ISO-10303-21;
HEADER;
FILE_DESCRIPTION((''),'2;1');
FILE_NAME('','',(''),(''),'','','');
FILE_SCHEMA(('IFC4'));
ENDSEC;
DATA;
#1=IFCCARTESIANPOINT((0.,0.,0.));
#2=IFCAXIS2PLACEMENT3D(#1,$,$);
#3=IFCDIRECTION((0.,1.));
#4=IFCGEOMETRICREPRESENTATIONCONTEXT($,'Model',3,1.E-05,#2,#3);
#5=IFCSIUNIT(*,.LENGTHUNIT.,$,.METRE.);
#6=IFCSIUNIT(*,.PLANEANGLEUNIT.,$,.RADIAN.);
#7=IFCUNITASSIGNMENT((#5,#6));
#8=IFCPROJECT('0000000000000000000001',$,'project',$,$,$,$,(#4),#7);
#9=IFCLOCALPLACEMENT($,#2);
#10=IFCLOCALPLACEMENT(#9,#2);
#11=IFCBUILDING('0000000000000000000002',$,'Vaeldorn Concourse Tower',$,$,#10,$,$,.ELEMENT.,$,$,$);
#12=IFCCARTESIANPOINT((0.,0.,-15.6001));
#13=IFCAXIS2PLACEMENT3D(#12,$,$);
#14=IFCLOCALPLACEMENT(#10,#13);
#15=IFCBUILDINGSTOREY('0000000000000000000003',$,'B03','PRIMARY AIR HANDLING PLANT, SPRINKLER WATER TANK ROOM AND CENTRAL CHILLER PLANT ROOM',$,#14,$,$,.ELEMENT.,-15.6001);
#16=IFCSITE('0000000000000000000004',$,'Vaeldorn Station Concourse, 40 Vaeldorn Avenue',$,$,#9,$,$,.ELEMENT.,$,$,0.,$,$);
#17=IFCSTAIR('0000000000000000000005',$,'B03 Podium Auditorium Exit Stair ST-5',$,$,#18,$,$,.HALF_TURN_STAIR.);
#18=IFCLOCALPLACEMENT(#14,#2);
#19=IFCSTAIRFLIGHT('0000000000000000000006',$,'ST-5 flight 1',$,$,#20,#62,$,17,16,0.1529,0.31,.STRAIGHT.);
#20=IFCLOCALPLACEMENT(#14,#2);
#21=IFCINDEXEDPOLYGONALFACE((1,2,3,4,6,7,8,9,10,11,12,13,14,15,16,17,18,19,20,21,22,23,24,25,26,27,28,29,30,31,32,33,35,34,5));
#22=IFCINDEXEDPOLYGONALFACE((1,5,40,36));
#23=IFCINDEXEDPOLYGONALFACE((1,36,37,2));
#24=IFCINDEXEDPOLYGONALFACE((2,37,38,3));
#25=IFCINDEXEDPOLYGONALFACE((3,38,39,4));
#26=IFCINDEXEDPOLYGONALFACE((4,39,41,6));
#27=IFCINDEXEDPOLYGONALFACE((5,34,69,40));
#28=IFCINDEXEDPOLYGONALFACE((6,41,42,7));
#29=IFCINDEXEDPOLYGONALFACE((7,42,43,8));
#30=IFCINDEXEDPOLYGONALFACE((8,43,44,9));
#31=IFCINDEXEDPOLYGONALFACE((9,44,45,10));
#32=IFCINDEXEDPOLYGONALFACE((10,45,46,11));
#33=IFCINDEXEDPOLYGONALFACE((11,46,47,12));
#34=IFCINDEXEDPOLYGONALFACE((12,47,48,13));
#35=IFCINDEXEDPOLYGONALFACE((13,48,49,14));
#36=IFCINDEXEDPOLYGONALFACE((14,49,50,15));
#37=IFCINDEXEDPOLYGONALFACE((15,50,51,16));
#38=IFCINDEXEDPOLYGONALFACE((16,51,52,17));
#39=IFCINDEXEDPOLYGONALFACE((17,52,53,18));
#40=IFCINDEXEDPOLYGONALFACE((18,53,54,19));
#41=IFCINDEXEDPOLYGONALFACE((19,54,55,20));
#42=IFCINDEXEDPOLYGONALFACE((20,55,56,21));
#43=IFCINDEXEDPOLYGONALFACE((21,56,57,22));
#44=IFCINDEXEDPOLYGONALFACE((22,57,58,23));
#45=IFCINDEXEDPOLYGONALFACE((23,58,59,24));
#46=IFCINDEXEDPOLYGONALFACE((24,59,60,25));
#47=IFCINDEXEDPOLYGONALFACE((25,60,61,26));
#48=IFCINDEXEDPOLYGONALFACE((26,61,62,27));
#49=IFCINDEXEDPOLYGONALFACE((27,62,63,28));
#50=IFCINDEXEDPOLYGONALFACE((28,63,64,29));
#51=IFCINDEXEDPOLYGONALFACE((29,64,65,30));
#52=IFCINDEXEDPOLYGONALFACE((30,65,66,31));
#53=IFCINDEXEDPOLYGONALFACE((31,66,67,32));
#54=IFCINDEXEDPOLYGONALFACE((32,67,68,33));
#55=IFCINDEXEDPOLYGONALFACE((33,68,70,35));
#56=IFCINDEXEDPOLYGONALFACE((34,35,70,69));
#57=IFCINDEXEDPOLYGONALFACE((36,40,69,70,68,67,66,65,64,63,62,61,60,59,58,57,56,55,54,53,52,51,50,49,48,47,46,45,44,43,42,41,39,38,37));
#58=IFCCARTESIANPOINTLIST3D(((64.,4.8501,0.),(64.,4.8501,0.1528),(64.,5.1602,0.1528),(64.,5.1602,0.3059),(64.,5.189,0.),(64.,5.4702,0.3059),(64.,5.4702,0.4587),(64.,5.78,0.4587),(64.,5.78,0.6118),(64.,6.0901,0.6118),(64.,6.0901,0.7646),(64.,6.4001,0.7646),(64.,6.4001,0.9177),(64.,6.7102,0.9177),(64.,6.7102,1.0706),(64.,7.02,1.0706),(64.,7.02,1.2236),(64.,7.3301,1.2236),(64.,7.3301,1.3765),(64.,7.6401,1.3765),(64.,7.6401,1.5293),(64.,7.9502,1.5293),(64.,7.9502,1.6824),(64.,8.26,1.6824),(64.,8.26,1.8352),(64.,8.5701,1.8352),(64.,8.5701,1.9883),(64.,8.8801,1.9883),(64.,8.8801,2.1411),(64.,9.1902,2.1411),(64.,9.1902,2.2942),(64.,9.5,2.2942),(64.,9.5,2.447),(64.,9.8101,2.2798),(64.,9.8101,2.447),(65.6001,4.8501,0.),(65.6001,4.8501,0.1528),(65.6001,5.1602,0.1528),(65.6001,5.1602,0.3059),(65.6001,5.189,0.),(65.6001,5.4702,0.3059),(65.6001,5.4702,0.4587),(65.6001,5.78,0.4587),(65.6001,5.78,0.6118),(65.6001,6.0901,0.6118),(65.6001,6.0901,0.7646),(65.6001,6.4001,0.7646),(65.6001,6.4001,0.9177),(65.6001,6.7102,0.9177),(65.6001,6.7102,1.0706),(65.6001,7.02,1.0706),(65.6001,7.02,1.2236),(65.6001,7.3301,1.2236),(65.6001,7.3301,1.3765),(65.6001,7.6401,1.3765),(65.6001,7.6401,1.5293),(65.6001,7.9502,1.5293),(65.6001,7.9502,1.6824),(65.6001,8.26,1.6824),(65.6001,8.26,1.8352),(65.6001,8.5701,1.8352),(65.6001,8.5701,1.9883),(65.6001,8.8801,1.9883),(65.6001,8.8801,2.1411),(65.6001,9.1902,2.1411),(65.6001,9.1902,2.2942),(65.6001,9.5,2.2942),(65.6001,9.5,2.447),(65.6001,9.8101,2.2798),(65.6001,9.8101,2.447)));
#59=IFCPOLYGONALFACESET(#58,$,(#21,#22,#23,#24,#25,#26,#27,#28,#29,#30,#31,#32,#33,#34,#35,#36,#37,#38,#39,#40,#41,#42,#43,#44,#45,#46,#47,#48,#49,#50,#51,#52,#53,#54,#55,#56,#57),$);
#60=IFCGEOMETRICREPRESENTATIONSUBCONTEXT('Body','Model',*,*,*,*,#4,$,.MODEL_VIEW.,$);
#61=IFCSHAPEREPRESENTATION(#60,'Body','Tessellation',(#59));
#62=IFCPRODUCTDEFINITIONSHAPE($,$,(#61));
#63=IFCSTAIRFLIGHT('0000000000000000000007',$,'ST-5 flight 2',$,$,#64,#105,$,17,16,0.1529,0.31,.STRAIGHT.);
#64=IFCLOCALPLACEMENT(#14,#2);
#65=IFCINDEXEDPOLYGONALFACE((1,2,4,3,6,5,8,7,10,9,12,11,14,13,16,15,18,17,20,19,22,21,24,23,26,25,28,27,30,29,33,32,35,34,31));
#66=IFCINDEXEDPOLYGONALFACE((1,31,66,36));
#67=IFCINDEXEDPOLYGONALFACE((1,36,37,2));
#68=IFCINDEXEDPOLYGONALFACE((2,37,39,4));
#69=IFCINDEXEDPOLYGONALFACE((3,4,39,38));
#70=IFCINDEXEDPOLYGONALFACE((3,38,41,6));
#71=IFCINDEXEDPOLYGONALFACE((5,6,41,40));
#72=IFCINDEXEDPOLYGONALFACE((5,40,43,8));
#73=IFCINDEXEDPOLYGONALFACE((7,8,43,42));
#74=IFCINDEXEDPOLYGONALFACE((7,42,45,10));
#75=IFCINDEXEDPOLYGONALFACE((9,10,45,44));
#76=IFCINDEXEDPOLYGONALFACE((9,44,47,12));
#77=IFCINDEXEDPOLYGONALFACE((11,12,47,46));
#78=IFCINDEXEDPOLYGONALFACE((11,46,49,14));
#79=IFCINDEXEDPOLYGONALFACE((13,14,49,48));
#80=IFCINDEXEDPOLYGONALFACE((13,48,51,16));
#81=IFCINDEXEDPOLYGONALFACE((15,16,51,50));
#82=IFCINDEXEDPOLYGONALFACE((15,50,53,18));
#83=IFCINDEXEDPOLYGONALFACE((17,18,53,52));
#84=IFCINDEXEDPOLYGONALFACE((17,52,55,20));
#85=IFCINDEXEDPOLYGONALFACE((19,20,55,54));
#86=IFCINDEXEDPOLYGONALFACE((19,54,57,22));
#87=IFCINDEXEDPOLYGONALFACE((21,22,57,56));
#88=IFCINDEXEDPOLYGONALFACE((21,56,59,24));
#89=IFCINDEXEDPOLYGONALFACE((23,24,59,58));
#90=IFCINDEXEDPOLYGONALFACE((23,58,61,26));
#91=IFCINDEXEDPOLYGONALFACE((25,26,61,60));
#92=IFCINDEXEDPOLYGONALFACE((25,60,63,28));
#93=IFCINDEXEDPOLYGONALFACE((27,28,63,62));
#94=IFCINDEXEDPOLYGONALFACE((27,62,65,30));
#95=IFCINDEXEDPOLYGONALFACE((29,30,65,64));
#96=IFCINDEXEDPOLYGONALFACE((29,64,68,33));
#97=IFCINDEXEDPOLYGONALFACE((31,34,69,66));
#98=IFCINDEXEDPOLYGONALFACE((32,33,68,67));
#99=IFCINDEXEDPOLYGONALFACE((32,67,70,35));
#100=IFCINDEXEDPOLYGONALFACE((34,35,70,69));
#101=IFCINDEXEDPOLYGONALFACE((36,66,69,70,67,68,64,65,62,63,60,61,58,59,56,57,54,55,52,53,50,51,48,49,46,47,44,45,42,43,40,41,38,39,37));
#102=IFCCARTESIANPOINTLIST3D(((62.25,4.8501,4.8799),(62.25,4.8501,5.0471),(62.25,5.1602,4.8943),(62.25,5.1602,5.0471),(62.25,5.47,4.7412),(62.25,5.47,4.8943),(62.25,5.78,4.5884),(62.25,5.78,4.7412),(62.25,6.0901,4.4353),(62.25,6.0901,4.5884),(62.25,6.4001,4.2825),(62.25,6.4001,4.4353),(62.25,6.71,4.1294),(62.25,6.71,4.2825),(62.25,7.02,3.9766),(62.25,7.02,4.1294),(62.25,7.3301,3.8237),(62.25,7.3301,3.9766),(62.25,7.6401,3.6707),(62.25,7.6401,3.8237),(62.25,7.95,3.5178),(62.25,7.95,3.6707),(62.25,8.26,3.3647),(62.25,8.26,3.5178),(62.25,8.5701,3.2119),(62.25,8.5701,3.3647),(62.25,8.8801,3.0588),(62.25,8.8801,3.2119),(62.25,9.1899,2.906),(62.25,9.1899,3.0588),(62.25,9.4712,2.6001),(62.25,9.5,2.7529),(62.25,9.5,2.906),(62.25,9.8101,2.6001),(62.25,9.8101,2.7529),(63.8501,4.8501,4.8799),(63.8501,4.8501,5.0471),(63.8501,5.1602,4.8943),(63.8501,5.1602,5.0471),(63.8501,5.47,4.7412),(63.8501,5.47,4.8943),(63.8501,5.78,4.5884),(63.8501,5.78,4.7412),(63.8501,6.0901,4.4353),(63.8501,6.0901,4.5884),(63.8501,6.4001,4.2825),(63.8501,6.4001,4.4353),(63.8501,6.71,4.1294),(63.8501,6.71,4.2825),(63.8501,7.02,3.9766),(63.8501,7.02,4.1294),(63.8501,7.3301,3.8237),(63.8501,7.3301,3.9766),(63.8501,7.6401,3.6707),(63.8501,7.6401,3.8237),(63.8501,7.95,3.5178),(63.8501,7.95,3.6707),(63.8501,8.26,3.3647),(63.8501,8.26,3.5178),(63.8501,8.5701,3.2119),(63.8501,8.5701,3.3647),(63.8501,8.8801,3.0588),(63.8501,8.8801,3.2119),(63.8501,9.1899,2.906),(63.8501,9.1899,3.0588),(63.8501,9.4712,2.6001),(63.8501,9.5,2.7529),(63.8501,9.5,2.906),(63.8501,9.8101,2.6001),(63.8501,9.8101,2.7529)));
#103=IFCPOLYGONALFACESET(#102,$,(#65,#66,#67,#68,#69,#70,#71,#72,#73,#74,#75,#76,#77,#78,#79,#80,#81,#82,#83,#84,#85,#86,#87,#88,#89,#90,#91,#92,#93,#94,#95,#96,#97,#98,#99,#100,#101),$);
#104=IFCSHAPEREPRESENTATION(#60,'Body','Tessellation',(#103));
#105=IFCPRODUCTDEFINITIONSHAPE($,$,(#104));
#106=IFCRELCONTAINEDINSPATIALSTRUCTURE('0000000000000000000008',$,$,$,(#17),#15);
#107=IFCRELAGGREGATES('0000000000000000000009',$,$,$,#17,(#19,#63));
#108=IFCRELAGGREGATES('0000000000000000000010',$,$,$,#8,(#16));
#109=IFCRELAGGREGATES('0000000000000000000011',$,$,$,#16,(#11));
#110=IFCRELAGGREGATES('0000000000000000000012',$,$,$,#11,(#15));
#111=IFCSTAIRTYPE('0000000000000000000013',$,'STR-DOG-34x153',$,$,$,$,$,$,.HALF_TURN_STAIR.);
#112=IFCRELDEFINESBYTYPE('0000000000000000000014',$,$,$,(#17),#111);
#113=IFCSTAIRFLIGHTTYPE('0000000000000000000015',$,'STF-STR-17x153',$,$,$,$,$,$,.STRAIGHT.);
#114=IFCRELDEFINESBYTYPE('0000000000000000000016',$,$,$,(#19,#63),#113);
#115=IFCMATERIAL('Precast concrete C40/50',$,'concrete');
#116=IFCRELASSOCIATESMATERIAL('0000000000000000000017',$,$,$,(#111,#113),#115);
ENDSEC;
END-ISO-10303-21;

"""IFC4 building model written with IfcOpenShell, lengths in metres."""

from ifc_helpers import new_model, si_unit, direction, frame, origin, place, context, subcontext, project, spatial, polyline, outline, extrude, material, type_object, element, aggregate, save


model = new_model("IFC4")

# Units and contexts
model_context = context("Model", 3, precision=1e-05, world=origin(), true_north=direction((0.0, 1.0)))
body_context = subcontext(model_context, "Body", "Model", "MODEL_VIEW")
ifc_project = project(units=[si_unit("LENGTHUNIT", "METRE"), si_unit("PLANEANGLEUNIT", "RADIAN")], contexts=[model_context])

# Site, building, storey
site_placement = place(None, origin())
site = spatial("IfcSite", under=ifc_project, at=site_placement, Name="Vaeldorn Station Concourse, 40 Vaeldorn Avenue", CompositionType="ELEMENT", RefElevation=0.0)
building_placement = place(site_placement, origin())
building = spatial("IfcBuilding", under=site, at=building_placement, Name="Vaeldorn Concourse Tower", CompositionType="ELEMENT")
storey_placement = place(building_placement, frame((0.0, 0.0, -15.6001)))
storey = spatial("IfcBuildingStorey", under=building, at=storey_placement, Name="B03", Description="PRIMARY AIR HANDLING PLANT, SPRINKLER WATER TANK ROOM AND CENTRAL CHILLER PLANT ROOM", CompositionType="ELEMENT", Elevation=-15.6001)

# Stair, stair flights
ifc_material_1 = material(Name="Precast concrete C40/50", Category="concrete")
stair_type = type_object("IfcStairType", Name="STR-DOG-34x153", PredefinedType="HALF_TURN_STAIR", material=ifc_material_1)
stair_placement = place(storey_placement, origin())
stair = element("IfcStair", 1, at=stair_placement, inside=storey, type_object=stair_type, Name="B03 Podium Auditorium Exit Stair ST-5", PredefinedType="HALF_TURN_STAIR")
stair_flight_type = type_object("IfcStairFlightType", Name="STF-STR-17x153", PredefinedType="STRAIGHT", material=ifc_material_1)
stair_flight_1_placement = place(storey_placement, frame((64.8, 4.8501, 0.0), z_axis=(0.0, 0.0, 1.0), x_axis=(0.0, 1.0, 0.0)))
stair_flight_1 = element("IfcStairFlight", 2, at=stair_flight_1_placement, type_object=stair_flight_type, Name="ST-5 flight 1", NumberOfRisers=17, NumberOfTreads=16, PredefinedType="STRAIGHT", RiserHeight=0.1529, TreadLength=0.31, context=body_context, shape_type="SweptSolid", body=[
    extrude(outline(polyline([(0.0, 0.0), (0.0, 0.1528), (0.3101, 0.1528), (0.3101, 0.3059), (0.6201, 0.3059), (0.6201, 0.4587), (0.9299, 0.4587), (0.9299, 0.6118), (1.24, 0.6118), (1.24, 0.7646), (1.55, 0.7646), (1.55, 0.9177), (1.8601, 0.9177), (1.8601, 1.0706), (2.1699, 1.0706), (2.1699, 1.2236), (2.48, 1.2236), (2.48, 1.3765), (2.79, 1.3765), (2.79, 1.5293), (3.1001, 1.5293), (3.1001, 1.6824), (3.4099, 1.6824), (3.4099, 1.8352), (3.72, 1.8352), (3.72, 1.9883), (4.03, 1.9883), (4.03, 2.1411), (4.3401, 2.1411), (4.3401, 2.2942), (4.6499, 2.2942), (4.6499, 2.447), (4.96, 2.447), (4.96, 2.6001), (4.96, 2.2798), (0.3389, 0.0), (0.0, 0.0)])), frame((0.0, 0.8, 0.0), z_axis=(0.0, -1.0, 0.0), x_axis=(1.0, 0.0, 0.0)), (0.0, 0.0, 1.0), 1.6001),
])
stair_flight_2_placement = place(storey_placement, frame((63.05, 9.8101, 2.6001), z_axis=(0.0, 0.0, 1.0), x_axis=(0.0, -1.0, 0.0)))
stair_flight_2 = element("IfcStairFlight", 3, at=stair_flight_2_placement, type_object=stair_flight_type, Name="ST-5 flight 2", NumberOfRisers=17, NumberOfTreads=16, PredefinedType="STRAIGHT", RiserHeight=0.1529, TreadLength=0.31, context=body_context, shape_type="SweptSolid", body=[
    extrude(outline(polyline([(0.0, 0.0), (0.0, 0.1528), (0.3101, 0.1528), (0.3101, 0.3059), (0.6201, 0.3059), (0.6201, 0.4587), (0.9299, 0.4587), (0.9299, 0.6118), (1.24, 0.6118), (1.24, 0.7646), (1.55, 0.7646), (1.55, 0.9177), (1.8601, 0.9177), (1.8601, 1.0706), (2.1699, 1.0706), (2.1699, 1.2236), (2.48, 1.2236), (2.48, 1.3765), (2.79, 1.3765), (2.79, 1.5293), (3.1001, 1.5293), (3.1001, 1.6824), (3.4099, 1.6824), (3.4099, 1.8352), (3.72, 1.8352), (3.72, 1.9883), (4.03, 1.9883), (4.03, 2.1411), (4.3401, 2.1411), (4.3401, 2.2942), (4.6499, 2.2942), (4.6499, 2.447), (4.96, 2.447), (4.96, 2.6001), (4.96, 2.2798), (0.3389, 0.0), (0.0, 0.0)])), frame((0.0, 0.8, 0.0), z_axis=(0.0, -1.0, 0.0), x_axis=(1.0, 0.0, 0.0)), (0.0, 0.0, 1.0), 1.6001),
])
aggregate(stair, [stair_flight_1, stair_flight_2])

save(model, "model.ifc")
